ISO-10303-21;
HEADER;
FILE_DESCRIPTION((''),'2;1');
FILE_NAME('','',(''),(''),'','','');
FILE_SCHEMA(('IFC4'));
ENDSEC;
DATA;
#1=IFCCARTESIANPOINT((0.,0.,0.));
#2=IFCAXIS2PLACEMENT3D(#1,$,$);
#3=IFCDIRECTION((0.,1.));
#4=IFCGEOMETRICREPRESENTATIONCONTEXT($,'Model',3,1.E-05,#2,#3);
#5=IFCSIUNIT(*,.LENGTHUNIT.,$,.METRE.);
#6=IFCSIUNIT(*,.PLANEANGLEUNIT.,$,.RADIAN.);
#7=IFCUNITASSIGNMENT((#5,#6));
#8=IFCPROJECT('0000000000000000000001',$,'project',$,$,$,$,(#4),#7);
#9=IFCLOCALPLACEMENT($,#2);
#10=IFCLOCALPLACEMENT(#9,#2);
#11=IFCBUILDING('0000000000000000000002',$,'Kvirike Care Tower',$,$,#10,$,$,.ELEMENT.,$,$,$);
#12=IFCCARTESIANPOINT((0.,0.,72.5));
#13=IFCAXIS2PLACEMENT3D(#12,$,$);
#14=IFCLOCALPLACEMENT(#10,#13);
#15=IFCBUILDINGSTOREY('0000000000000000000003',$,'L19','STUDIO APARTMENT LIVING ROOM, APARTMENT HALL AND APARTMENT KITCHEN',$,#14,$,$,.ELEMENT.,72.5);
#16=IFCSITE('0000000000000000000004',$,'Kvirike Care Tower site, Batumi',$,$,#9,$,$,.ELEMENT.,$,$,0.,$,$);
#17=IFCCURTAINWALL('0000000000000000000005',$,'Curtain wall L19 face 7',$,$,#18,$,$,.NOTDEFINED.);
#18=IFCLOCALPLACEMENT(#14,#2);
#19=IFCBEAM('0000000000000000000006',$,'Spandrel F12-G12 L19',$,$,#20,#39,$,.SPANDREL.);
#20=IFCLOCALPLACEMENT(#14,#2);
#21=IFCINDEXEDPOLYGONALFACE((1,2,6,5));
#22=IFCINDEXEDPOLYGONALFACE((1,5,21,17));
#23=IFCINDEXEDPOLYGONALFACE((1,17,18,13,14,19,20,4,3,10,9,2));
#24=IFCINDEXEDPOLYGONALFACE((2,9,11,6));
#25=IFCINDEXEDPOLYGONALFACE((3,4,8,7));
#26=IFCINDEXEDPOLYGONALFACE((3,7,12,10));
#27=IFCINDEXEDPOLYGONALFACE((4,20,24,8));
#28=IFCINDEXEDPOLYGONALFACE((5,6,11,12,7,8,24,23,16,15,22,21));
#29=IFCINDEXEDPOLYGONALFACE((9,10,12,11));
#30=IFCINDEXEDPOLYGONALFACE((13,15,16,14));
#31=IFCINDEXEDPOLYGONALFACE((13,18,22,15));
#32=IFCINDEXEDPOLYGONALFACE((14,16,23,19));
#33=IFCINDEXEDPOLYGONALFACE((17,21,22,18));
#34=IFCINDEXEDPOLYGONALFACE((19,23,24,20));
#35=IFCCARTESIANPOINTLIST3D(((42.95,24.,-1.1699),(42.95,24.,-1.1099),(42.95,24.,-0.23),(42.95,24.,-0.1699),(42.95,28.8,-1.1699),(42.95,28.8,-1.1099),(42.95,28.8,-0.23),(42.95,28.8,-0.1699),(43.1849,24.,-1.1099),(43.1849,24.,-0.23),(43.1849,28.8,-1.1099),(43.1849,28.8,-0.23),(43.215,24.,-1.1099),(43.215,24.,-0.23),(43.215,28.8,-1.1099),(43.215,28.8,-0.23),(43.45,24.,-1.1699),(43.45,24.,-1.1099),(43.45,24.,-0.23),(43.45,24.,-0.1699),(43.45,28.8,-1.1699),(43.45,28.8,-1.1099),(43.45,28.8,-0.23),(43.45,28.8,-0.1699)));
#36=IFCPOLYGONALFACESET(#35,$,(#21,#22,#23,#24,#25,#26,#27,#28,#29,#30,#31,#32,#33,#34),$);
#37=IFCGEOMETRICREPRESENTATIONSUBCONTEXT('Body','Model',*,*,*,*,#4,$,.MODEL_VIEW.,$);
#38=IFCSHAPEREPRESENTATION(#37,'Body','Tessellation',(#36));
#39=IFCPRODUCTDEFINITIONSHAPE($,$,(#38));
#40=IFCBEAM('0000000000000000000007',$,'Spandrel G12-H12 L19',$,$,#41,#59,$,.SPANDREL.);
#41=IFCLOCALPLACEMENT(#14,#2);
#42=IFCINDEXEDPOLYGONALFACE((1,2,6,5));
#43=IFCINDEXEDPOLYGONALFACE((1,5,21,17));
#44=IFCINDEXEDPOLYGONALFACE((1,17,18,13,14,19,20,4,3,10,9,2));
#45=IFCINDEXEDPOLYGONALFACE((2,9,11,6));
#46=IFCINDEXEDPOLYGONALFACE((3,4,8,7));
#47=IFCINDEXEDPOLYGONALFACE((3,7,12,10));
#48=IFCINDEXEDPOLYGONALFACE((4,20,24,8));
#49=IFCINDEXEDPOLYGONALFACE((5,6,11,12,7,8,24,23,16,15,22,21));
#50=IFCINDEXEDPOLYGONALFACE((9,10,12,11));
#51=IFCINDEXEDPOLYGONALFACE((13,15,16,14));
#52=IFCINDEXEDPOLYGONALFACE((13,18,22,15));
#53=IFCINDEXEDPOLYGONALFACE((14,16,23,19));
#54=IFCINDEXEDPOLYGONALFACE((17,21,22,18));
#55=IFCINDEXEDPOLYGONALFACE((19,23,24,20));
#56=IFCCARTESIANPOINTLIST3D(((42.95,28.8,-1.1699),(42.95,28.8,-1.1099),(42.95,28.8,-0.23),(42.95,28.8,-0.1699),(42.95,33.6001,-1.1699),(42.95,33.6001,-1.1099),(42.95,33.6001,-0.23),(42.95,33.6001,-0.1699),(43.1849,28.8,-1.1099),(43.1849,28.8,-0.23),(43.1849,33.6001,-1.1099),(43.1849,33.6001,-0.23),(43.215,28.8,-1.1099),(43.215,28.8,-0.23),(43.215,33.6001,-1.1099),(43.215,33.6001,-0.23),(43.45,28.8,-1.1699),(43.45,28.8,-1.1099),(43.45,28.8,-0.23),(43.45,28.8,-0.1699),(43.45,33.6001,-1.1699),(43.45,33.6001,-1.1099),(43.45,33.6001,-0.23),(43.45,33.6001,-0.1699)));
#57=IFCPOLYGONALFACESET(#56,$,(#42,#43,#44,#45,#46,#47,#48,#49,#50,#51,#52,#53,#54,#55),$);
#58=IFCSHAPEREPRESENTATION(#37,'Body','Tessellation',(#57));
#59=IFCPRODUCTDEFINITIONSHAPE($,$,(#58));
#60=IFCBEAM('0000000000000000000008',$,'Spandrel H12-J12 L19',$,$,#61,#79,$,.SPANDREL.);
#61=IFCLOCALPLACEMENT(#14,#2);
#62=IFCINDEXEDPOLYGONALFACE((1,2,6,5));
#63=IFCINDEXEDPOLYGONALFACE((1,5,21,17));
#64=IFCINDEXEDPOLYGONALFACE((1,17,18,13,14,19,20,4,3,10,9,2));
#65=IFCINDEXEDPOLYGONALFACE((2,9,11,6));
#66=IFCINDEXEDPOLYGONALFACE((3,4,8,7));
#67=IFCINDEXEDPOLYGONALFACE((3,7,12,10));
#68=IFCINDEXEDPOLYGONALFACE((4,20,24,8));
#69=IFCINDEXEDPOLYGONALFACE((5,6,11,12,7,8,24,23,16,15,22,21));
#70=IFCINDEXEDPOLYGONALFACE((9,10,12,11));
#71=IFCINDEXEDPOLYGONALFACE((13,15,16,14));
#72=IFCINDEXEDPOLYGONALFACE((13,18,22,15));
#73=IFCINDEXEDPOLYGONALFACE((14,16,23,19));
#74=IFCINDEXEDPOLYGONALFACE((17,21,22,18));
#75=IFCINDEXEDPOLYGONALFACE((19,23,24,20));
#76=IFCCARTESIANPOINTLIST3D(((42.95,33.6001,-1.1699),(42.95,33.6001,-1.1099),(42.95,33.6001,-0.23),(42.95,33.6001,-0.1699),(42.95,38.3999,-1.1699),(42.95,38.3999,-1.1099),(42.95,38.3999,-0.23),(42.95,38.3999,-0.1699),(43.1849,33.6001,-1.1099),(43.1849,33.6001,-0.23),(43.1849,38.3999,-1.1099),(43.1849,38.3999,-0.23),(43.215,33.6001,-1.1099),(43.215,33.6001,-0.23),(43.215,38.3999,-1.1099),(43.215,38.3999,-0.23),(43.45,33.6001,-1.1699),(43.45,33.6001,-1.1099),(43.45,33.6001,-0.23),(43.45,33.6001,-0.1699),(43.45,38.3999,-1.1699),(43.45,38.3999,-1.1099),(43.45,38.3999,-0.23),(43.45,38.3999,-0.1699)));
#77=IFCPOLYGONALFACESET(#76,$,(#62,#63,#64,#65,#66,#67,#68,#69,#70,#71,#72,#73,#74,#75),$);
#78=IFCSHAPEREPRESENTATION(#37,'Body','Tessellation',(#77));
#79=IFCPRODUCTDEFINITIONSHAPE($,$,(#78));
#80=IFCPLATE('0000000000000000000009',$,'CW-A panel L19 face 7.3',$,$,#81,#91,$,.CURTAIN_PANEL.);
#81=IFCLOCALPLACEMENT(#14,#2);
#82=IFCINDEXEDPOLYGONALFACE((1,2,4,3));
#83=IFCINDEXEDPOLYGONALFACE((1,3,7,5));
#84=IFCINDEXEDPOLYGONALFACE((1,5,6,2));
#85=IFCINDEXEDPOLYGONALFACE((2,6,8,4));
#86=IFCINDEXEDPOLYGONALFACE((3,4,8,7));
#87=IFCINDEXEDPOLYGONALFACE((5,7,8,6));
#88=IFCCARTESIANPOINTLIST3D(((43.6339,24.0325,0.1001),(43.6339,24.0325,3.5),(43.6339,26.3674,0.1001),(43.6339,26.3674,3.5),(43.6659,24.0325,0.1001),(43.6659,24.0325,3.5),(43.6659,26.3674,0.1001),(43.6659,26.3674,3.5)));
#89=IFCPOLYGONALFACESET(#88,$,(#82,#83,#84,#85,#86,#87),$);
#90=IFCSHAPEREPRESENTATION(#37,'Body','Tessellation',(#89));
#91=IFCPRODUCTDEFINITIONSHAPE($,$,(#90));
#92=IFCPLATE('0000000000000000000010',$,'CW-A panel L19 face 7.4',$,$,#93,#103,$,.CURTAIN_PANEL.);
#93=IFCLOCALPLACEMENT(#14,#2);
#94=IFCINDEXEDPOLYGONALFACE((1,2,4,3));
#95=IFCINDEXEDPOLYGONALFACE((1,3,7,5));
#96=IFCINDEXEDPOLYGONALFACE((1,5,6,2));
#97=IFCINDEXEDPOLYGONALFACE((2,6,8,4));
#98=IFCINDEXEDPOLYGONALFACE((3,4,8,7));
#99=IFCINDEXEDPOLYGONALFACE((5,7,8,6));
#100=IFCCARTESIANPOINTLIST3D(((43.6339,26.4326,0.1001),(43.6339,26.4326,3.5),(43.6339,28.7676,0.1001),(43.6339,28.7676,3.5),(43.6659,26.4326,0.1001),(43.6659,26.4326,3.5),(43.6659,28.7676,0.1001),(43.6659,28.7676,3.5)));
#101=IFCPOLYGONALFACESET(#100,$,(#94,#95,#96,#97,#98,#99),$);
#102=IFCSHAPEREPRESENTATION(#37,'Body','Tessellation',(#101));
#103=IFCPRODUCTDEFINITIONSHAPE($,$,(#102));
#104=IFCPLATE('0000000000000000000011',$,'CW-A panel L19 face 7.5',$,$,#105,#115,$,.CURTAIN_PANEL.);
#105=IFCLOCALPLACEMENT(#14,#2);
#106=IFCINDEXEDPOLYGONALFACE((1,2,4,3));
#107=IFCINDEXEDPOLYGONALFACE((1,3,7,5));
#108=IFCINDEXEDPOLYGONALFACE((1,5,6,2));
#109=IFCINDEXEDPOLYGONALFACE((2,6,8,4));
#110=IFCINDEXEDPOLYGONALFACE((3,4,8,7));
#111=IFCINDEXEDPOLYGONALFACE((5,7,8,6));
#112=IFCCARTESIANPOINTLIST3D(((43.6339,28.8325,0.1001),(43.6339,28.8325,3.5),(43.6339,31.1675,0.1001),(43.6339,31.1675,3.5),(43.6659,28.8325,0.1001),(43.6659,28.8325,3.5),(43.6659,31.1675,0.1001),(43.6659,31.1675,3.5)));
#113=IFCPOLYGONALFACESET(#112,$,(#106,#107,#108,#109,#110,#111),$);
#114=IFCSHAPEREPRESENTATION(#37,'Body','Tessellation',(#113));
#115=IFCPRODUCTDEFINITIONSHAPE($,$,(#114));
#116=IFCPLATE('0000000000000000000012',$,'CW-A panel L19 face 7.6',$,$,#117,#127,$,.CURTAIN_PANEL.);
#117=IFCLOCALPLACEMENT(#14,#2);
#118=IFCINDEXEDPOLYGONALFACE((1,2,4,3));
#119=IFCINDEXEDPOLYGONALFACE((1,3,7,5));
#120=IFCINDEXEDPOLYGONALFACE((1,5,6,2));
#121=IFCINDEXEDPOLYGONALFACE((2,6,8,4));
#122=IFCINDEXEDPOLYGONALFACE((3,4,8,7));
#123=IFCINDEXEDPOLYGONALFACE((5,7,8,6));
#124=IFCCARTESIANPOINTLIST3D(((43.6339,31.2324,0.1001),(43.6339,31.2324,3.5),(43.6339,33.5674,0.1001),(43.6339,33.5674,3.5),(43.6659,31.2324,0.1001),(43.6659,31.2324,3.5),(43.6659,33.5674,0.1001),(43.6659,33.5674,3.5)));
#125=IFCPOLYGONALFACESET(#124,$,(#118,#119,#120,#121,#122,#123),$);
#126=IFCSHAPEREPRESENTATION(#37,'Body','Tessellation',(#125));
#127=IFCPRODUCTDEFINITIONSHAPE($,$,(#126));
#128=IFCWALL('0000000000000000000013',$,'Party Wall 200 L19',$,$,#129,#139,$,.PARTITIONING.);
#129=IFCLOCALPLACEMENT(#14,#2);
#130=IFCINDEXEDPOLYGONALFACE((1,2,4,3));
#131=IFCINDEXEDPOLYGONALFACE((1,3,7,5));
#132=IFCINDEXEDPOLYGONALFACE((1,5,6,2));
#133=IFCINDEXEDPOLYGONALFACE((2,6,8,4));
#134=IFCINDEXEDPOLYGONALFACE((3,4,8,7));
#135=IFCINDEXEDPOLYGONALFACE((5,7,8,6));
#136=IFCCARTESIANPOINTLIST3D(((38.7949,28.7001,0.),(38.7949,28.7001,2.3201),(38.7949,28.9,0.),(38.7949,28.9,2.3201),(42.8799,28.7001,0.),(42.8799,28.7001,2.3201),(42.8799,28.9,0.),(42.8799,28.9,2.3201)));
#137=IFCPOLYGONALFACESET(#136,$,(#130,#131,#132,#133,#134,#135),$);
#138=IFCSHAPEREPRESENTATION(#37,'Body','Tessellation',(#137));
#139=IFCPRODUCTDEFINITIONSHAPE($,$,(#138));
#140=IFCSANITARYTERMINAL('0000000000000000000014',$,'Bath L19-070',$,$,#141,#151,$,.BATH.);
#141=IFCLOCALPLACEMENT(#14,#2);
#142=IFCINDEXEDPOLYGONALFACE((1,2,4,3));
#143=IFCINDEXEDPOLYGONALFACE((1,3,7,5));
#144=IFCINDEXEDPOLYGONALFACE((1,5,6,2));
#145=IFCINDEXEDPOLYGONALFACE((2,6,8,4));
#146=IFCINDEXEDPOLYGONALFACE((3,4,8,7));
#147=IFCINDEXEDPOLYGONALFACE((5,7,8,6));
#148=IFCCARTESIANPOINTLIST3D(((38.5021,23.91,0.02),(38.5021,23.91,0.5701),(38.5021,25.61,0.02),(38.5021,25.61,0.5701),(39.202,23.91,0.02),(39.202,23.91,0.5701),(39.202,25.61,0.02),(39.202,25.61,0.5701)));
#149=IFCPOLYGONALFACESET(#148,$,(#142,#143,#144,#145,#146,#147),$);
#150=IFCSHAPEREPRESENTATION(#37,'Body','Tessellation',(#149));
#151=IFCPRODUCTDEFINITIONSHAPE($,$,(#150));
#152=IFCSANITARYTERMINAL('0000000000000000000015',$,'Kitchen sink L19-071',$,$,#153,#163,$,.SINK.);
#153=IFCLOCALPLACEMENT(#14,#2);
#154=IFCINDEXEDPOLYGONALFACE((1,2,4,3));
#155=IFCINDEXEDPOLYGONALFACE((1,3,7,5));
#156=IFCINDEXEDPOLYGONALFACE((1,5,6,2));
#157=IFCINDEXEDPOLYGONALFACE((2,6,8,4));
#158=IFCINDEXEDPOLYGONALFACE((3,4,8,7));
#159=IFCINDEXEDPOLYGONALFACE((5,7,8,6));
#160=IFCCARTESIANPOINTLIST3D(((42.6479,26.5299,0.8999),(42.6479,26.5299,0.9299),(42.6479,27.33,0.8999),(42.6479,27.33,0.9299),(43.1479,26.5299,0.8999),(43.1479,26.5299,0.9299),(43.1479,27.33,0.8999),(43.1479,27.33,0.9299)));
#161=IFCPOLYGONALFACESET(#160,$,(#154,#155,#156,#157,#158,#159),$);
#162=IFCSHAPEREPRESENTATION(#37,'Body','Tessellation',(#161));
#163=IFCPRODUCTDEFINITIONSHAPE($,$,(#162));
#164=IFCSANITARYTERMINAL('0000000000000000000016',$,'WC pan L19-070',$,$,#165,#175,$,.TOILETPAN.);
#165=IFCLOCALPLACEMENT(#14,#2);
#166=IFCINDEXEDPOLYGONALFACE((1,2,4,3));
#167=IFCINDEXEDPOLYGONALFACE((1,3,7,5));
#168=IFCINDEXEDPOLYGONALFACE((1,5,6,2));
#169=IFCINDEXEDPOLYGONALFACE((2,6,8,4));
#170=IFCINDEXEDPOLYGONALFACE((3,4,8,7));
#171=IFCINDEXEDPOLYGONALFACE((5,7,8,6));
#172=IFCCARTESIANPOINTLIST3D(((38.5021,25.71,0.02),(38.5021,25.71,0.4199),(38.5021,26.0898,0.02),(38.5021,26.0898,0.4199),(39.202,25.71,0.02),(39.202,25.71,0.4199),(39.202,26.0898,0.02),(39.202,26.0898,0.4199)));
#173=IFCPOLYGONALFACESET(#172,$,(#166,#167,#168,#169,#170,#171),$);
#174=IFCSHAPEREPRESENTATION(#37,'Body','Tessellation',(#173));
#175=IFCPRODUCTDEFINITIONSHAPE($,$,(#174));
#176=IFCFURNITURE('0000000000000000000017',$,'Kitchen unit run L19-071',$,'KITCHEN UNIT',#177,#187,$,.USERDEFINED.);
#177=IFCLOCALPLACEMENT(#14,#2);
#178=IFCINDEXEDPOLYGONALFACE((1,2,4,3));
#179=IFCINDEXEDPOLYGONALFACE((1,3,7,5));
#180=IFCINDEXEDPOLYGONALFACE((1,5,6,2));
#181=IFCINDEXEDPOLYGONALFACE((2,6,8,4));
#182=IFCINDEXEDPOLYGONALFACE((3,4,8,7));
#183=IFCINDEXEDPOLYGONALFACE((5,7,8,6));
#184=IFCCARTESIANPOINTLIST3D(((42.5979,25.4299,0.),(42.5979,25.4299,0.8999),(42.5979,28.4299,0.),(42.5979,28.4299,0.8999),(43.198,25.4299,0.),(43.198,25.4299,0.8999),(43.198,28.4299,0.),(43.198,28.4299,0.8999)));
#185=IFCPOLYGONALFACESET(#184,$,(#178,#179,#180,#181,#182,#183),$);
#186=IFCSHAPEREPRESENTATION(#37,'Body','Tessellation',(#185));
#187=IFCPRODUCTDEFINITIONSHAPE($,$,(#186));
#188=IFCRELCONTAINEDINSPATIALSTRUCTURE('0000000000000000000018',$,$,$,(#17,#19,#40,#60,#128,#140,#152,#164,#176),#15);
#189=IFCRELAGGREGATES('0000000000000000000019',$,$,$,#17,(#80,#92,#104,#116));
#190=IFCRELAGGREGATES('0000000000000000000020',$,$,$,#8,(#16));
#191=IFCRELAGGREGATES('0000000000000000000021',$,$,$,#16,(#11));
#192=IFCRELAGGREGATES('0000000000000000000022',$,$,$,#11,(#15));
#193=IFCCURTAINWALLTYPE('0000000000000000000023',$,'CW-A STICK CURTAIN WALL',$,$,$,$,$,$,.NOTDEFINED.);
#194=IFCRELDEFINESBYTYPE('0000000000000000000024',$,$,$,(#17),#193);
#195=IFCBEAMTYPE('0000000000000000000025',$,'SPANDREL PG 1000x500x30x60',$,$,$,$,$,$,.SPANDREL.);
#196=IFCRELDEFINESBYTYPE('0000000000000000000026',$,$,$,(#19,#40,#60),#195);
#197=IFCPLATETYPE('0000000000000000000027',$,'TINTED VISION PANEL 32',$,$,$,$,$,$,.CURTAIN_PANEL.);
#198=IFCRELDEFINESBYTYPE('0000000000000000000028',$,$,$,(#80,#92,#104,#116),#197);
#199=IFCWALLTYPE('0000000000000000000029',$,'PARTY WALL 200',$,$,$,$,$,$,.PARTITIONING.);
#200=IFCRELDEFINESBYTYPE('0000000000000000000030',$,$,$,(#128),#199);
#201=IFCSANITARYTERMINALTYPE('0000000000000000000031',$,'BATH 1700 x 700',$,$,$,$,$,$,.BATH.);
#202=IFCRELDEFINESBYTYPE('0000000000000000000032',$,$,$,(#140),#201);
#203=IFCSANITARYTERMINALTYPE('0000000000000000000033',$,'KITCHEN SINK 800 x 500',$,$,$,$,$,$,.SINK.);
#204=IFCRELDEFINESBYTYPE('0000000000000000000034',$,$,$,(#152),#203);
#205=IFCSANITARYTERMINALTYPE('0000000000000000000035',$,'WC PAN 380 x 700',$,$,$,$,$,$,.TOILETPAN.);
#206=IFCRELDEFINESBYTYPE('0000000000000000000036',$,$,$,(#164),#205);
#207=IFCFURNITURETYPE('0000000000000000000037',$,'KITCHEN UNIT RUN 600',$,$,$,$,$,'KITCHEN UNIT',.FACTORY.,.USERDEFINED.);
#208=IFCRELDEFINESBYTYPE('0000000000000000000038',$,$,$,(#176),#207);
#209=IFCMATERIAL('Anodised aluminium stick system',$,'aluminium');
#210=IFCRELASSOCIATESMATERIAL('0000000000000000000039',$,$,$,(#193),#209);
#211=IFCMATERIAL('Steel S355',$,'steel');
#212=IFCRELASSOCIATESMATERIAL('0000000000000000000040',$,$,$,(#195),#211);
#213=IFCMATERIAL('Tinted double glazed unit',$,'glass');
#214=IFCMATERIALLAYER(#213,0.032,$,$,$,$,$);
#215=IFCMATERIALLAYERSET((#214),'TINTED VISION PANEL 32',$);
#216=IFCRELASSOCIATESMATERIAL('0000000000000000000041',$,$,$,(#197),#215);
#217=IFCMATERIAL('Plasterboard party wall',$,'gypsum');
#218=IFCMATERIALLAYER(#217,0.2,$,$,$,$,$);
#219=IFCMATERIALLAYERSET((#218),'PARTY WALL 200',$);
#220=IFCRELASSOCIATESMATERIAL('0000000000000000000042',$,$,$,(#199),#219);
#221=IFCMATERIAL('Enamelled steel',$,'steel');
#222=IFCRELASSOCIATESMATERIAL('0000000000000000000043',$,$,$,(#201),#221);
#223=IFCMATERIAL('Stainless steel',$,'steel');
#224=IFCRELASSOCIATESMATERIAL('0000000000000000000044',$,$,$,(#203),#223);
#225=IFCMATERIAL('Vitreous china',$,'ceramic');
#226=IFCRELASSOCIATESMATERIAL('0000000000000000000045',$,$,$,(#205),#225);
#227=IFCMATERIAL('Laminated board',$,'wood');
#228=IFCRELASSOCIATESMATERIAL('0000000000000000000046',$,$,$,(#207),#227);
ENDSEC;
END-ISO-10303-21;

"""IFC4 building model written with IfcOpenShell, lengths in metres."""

from ifc_helpers import new_model, si_unit, direction, frame, frame_2d, origin, origin_2d, place, context, subcontext, project, spatial, rectangle, i_section, extrude, material, layer, layer_set, material_profile, profile_set, type_object, element, aggregate, save


model = new_model("IFC4")

# Units and contexts
model_context = context("Model", 3, precision=1e-05, world=origin(), true_north=direction((0.0, 1.0)))
body_context = subcontext(model_context, "Body", "Model", "MODEL_VIEW")
ifc_project = project(units=[si_unit("LENGTHUNIT", "METRE"), si_unit("PLANEANGLEUNIT", "RADIAN")], contexts=[model_context])

# Site, building, storey
site_placement = place(None, origin())
site = spatial("IfcSite", under=ifc_project, at=site_placement, Name="Kvirike Care Tower site, Batumi", CompositionType="ELEMENT", RefElevation=0.0)
building_placement = place(site_placement, origin())
building = spatial("IfcBuilding", under=site, at=building_placement, Name="Kvirike Care Tower", CompositionType="ELEMENT")
storey_placement = place(building_placement, frame((0.0, 0.0, 72.5)))
storey = spatial("IfcBuildingStorey", under=building, at=storey_placement, Name="L19", Description="STUDIO APARTMENT LIVING ROOM, APARTMENT HALL AND APARTMENT KITCHEN", CompositionType="ELEMENT", Elevation=72.5)

# Curtain wall
ifc_material_1 = material(Name="Anodised aluminium stick system", Category="aluminium")
curtain_wall_type = type_object("IfcCurtainWallType", Name="CW-A STICK CURTAIN WALL", PredefinedType="NOTDEFINED", material=ifc_material_1)
curtain_wall_placement = place(storey_placement, origin())
curtain_wall = element("IfcCurtainWall", 1, at=curtain_wall_placement, inside=storey, type_object=curtain_wall_type, Name="Curtain wall L19 face 7", PredefinedType="NOTDEFINED")

# Beams
ifc_material_2 = material(Name="Steel S355", Category="steel")
ifc_material_profile_1 = material_profile(ifc_material_2, i_section(OverallWidth=0.5, OverallDepth=1.0, WebThickness=0.03, FlangeThickness=0.0601, at=origin_2d()), Name="PG 1000x500x30x60")
ifc_profile_set_1 = profile_set([ifc_material_profile_1], Name="Steel S355")
beam_type = type_object("IfcBeamType", Name="SPANDREL PG 1000x500x30x60", PredefinedType="SPANDREL", material=ifc_profile_set_1)
for number, where, z_axis, x_axis, name in (
    (2, (43.2, 24.0, -0.6699), (0.0, 1.0, 0.0), (-1.0, 0.0, 0.0), "Spandrel F12-G12 L19"),
    (3, (43.2, 28.8, -0.6699), (0.0, 1.0, 0.0), (-1.0, 0.0, 0.0), "Spandrel G12-H12 L19"),
):
    element("IfcBeam", number, at=place(storey_placement, frame(where, z_axis=z_axis, x_axis=x_axis)), inside=storey, type_object=beam_type, Name=name, PredefinedType="SPANDREL", context=body_context, shape_type="SweptSolid", body=[
        extrude(i_section(OverallWidth=0.5, OverallDepth=1.0, WebThickness=0.03, FlangeThickness=0.0601, at=origin_2d()), origin(), (0.0, 0.0, 1.0), 4.8),
    ])
beam_placement = place(storey_placement, frame((43.2, 33.6001, -0.6699), z_axis=(0.0, 1.0, 0.0), x_axis=(-1.0, 0.0, 0.0)))
element("IfcBeam", 4, at=beam_placement, inside=storey, type_object=beam_type, Name="Spandrel H12-J12 L19", PredefinedType="SPANDREL", context=body_context, shape_type="SweptSolid", body=[
    extrude(i_section(OverallWidth=0.5, OverallDepth=1.0, WebThickness=0.03, FlangeThickness=0.0601, at=origin_2d()), origin(), (0.0, 0.0, 1.0), 4.7998),
])

# Plates
ifc_material_3 = material(Name="Tinted double glazed unit", Category="glass")
ifc_layer_1 = layer(ifc_material_3, 0.032)
ifc_layer_set_1 = layer_set([ifc_layer_1], Name="TINTED VISION PANEL 32")
plate_type = type_object("IfcPlateType", Name="TINTED VISION PANEL 32", PredefinedType="CURTAIN_PANEL", material=ifc_layer_set_1)
plate_1_placement = place(storey_placement, frame((43.6499, 25.2, 0.1001), z_axis=(0.0, 0.0, 1.0), x_axis=(0.0, 1.0, 0.0)))
plate_1 = element("IfcPlate", 5, at=plate_1_placement, type_object=plate_type, Name="CW-A panel L19 face 7.3", PredefinedType="CURTAIN_PANEL", context=body_context, shape_type="SweptSolid", body=[
    extrude(rectangle(XDim=2.335, YDim=0.032, at=origin_2d()), origin(), (0.0, 0.0, 1.0), 3.3999),
])
plate_2_placement = place(storey_placement, frame((43.6499, 27.6001, 0.1001), z_axis=(0.0, 0.0, 1.0), x_axis=(0.0, 1.0, 0.0)))
plate_2 = element("IfcPlate", 6, at=plate_2_placement, type_object=plate_type, Name="CW-A panel L19 face 7.4", PredefinedType="CURTAIN_PANEL", context=body_context, shape_type="SweptSolid", body=[
    extrude(rectangle(XDim=2.335, YDim=0.032, at=origin_2d()), origin(), (0.0, 0.0, 1.0), 3.3999),
])
plate_3_placement = place(storey_placement, frame((43.6499, 30.0, 0.1001), z_axis=(0.0, 0.0, 1.0), x_axis=(0.0, 1.0, 0.0)))
plate_3 = element("IfcPlate", 7, at=plate_3_placement, type_object=plate_type, Name="CW-A panel L19 face 7.5", PredefinedType="CURTAIN_PANEL", context=body_context, shape_type="SweptSolid", body=[
    extrude(rectangle(XDim=2.335, YDim=0.032, at=origin_2d()), origin(), (0.0, 0.0, 1.0), 3.3999),
])
plate_4_placement = place(storey_placement, frame((43.6499, 32.3999, 0.1001), z_axis=(0.0, 0.0, 1.0), x_axis=(0.0, 1.0, 0.0)))
plate_4 = element("IfcPlate", 8, at=plate_4_placement, type_object=plate_type, Name="CW-A panel L19 face 7.6", PredefinedType="CURTAIN_PANEL", context=body_context, shape_type="SweptSolid", body=[
    extrude(rectangle(XDim=2.335, YDim=0.032, at=origin_2d()), origin(), (0.0, 0.0, 1.0), 3.3999),
])
aggregate(curtain_wall, [plate_1, plate_2, plate_3, plate_4])

# Wall
ifc_material_4 = material(Name="Plasterboard party wall", Category="gypsum")
ifc_layer_2 = layer(ifc_material_4, 0.2)
ifc_layer_set_2 = layer_set([ifc_layer_2], Name="PARTY WALL 200")
wall_type = type_object("IfcWallType", Name="PARTY WALL 200", PredefinedType="PARTITIONING", material=ifc_layer_set_2)
wall_placement = place(storey_placement, frame((42.8799, 28.8, 0.0), z_axis=(0.0, 0.0, 1.0), x_axis=(-1.0, 0.0, 0.0)))
element("IfcWall", 9, at=wall_placement, inside=storey, type_object=wall_type, Name="Party Wall 200 L19", PredefinedType="PARTITIONING", context=body_context, shape_type="SweptSolid", body=[
    extrude(rectangle(XDim=4.085, YDim=0.2, at=frame_2d((2.0425, 0.0))), origin(), (0.0, 0.0, 1.0), 2.3201),
])

# Sanitary terminals
ifc_material_5 = material(Name="Enamelled steel", Category="steel")
sanitary_terminal_type_1 = type_object("IfcSanitaryTerminalType", Name="BATH 1700 x 700", PredefinedType="BATH", material=ifc_material_5)
sanitary_terminal_1_placement = place(storey_placement, frame((38.8521, 24.76, 0.02), z_axis=(0.0, 0.0, 1.0), x_axis=(0.0, 1.0, 0.0)))
element("IfcSanitaryTerminal", 10, at=sanitary_terminal_1_placement, inside=storey, type_object=sanitary_terminal_type_1, Name="Bath L19-070", PredefinedType="BATH", context=body_context, shape_type="SweptSolid", body=[
    extrude(rectangle(XDim=1.7, YDim=0.7, at=origin_2d()), origin(), (0.0, 0.0, 1.0), 0.55),
])
ifc_material_6 = material(Name="Stainless steel", Category="steel")
sanitary_terminal_type_2 = type_object("IfcSanitaryTerminalType", Name="KITCHEN SINK 800 x 500", PredefinedType="SINK", material=ifc_material_6)
sanitary_terminal_2_placement = place(storey_placement, frame((42.8979, 26.9299, 0.8999), z_axis=(0.0, 0.0, 1.0), x_axis=(0.0, -1.0, 0.0)))
element("IfcSanitaryTerminal", 11, at=sanitary_terminal_2_placement, inside=storey, type_object=sanitary_terminal_type_2, Name="Kitchen sink L19-071", PredefinedType="SINK", context=body_context, shape_type="SweptSolid", body=[
    extrude(rectangle(XDim=0.8, YDim=0.5, at=origin_2d()), origin(), (0.0, 0.0, 1.0), 0.03),
])
ifc_material_7 = material(Name="Vitreous china", Category="ceramic")
sanitary_terminal_type_3 = type_object("IfcSanitaryTerminalType", Name="WC PAN 380 x 700", PredefinedType="TOILETPAN", material=ifc_material_7)
sanitary_terminal_3_placement = place(storey_placement, frame((38.8521, 25.8999, 0.02), z_axis=(0.0, 0.0, 1.0), x_axis=(0.0, 1.0, 0.0)))
element("IfcSanitaryTerminal", 12, at=sanitary_terminal_3_placement, inside=storey, type_object=sanitary_terminal_type_3, Name="WC pan L19-070", PredefinedType="TOILETPAN", context=body_context, shape_type="SweptSolid", body=[
    extrude(rectangle(XDim=0.3799, YDim=0.7, at=origin_2d()), origin(), (0.0, 0.0, 1.0), 0.3999),
])

# Furniture
ifc_material_8 = material(Name="Laminated board", Category="wood")
furniture_type = type_object("IfcFurnitureType", Name="KITCHEN UNIT RUN 600", ElementType="KITCHEN UNIT", AssemblyPlace="FACTORY", PredefinedType="USERDEFINED", material=ifc_material_8)
furniture_placement = place(storey_placement, frame((42.8979, 26.9299, 0.0), z_axis=(0.0, 0.0, 1.0), x_axis=(0.0, -1.0, 0.0)))
element("IfcFurniture", 13, at=furniture_placement, inside=storey, type_object=furniture_type, Name="Kitchen unit run L19-071", ObjectType="KITCHEN UNIT", PredefinedType="USERDEFINED", context=body_context, shape_type="SweptSolid", body=[
    extrude(rectangle(XDim=3.0, YDim=0.6001, at=origin_2d()), origin(), (0.0, 0.0, 1.0), 0.8999),
])

save(model, "model.ifc")
